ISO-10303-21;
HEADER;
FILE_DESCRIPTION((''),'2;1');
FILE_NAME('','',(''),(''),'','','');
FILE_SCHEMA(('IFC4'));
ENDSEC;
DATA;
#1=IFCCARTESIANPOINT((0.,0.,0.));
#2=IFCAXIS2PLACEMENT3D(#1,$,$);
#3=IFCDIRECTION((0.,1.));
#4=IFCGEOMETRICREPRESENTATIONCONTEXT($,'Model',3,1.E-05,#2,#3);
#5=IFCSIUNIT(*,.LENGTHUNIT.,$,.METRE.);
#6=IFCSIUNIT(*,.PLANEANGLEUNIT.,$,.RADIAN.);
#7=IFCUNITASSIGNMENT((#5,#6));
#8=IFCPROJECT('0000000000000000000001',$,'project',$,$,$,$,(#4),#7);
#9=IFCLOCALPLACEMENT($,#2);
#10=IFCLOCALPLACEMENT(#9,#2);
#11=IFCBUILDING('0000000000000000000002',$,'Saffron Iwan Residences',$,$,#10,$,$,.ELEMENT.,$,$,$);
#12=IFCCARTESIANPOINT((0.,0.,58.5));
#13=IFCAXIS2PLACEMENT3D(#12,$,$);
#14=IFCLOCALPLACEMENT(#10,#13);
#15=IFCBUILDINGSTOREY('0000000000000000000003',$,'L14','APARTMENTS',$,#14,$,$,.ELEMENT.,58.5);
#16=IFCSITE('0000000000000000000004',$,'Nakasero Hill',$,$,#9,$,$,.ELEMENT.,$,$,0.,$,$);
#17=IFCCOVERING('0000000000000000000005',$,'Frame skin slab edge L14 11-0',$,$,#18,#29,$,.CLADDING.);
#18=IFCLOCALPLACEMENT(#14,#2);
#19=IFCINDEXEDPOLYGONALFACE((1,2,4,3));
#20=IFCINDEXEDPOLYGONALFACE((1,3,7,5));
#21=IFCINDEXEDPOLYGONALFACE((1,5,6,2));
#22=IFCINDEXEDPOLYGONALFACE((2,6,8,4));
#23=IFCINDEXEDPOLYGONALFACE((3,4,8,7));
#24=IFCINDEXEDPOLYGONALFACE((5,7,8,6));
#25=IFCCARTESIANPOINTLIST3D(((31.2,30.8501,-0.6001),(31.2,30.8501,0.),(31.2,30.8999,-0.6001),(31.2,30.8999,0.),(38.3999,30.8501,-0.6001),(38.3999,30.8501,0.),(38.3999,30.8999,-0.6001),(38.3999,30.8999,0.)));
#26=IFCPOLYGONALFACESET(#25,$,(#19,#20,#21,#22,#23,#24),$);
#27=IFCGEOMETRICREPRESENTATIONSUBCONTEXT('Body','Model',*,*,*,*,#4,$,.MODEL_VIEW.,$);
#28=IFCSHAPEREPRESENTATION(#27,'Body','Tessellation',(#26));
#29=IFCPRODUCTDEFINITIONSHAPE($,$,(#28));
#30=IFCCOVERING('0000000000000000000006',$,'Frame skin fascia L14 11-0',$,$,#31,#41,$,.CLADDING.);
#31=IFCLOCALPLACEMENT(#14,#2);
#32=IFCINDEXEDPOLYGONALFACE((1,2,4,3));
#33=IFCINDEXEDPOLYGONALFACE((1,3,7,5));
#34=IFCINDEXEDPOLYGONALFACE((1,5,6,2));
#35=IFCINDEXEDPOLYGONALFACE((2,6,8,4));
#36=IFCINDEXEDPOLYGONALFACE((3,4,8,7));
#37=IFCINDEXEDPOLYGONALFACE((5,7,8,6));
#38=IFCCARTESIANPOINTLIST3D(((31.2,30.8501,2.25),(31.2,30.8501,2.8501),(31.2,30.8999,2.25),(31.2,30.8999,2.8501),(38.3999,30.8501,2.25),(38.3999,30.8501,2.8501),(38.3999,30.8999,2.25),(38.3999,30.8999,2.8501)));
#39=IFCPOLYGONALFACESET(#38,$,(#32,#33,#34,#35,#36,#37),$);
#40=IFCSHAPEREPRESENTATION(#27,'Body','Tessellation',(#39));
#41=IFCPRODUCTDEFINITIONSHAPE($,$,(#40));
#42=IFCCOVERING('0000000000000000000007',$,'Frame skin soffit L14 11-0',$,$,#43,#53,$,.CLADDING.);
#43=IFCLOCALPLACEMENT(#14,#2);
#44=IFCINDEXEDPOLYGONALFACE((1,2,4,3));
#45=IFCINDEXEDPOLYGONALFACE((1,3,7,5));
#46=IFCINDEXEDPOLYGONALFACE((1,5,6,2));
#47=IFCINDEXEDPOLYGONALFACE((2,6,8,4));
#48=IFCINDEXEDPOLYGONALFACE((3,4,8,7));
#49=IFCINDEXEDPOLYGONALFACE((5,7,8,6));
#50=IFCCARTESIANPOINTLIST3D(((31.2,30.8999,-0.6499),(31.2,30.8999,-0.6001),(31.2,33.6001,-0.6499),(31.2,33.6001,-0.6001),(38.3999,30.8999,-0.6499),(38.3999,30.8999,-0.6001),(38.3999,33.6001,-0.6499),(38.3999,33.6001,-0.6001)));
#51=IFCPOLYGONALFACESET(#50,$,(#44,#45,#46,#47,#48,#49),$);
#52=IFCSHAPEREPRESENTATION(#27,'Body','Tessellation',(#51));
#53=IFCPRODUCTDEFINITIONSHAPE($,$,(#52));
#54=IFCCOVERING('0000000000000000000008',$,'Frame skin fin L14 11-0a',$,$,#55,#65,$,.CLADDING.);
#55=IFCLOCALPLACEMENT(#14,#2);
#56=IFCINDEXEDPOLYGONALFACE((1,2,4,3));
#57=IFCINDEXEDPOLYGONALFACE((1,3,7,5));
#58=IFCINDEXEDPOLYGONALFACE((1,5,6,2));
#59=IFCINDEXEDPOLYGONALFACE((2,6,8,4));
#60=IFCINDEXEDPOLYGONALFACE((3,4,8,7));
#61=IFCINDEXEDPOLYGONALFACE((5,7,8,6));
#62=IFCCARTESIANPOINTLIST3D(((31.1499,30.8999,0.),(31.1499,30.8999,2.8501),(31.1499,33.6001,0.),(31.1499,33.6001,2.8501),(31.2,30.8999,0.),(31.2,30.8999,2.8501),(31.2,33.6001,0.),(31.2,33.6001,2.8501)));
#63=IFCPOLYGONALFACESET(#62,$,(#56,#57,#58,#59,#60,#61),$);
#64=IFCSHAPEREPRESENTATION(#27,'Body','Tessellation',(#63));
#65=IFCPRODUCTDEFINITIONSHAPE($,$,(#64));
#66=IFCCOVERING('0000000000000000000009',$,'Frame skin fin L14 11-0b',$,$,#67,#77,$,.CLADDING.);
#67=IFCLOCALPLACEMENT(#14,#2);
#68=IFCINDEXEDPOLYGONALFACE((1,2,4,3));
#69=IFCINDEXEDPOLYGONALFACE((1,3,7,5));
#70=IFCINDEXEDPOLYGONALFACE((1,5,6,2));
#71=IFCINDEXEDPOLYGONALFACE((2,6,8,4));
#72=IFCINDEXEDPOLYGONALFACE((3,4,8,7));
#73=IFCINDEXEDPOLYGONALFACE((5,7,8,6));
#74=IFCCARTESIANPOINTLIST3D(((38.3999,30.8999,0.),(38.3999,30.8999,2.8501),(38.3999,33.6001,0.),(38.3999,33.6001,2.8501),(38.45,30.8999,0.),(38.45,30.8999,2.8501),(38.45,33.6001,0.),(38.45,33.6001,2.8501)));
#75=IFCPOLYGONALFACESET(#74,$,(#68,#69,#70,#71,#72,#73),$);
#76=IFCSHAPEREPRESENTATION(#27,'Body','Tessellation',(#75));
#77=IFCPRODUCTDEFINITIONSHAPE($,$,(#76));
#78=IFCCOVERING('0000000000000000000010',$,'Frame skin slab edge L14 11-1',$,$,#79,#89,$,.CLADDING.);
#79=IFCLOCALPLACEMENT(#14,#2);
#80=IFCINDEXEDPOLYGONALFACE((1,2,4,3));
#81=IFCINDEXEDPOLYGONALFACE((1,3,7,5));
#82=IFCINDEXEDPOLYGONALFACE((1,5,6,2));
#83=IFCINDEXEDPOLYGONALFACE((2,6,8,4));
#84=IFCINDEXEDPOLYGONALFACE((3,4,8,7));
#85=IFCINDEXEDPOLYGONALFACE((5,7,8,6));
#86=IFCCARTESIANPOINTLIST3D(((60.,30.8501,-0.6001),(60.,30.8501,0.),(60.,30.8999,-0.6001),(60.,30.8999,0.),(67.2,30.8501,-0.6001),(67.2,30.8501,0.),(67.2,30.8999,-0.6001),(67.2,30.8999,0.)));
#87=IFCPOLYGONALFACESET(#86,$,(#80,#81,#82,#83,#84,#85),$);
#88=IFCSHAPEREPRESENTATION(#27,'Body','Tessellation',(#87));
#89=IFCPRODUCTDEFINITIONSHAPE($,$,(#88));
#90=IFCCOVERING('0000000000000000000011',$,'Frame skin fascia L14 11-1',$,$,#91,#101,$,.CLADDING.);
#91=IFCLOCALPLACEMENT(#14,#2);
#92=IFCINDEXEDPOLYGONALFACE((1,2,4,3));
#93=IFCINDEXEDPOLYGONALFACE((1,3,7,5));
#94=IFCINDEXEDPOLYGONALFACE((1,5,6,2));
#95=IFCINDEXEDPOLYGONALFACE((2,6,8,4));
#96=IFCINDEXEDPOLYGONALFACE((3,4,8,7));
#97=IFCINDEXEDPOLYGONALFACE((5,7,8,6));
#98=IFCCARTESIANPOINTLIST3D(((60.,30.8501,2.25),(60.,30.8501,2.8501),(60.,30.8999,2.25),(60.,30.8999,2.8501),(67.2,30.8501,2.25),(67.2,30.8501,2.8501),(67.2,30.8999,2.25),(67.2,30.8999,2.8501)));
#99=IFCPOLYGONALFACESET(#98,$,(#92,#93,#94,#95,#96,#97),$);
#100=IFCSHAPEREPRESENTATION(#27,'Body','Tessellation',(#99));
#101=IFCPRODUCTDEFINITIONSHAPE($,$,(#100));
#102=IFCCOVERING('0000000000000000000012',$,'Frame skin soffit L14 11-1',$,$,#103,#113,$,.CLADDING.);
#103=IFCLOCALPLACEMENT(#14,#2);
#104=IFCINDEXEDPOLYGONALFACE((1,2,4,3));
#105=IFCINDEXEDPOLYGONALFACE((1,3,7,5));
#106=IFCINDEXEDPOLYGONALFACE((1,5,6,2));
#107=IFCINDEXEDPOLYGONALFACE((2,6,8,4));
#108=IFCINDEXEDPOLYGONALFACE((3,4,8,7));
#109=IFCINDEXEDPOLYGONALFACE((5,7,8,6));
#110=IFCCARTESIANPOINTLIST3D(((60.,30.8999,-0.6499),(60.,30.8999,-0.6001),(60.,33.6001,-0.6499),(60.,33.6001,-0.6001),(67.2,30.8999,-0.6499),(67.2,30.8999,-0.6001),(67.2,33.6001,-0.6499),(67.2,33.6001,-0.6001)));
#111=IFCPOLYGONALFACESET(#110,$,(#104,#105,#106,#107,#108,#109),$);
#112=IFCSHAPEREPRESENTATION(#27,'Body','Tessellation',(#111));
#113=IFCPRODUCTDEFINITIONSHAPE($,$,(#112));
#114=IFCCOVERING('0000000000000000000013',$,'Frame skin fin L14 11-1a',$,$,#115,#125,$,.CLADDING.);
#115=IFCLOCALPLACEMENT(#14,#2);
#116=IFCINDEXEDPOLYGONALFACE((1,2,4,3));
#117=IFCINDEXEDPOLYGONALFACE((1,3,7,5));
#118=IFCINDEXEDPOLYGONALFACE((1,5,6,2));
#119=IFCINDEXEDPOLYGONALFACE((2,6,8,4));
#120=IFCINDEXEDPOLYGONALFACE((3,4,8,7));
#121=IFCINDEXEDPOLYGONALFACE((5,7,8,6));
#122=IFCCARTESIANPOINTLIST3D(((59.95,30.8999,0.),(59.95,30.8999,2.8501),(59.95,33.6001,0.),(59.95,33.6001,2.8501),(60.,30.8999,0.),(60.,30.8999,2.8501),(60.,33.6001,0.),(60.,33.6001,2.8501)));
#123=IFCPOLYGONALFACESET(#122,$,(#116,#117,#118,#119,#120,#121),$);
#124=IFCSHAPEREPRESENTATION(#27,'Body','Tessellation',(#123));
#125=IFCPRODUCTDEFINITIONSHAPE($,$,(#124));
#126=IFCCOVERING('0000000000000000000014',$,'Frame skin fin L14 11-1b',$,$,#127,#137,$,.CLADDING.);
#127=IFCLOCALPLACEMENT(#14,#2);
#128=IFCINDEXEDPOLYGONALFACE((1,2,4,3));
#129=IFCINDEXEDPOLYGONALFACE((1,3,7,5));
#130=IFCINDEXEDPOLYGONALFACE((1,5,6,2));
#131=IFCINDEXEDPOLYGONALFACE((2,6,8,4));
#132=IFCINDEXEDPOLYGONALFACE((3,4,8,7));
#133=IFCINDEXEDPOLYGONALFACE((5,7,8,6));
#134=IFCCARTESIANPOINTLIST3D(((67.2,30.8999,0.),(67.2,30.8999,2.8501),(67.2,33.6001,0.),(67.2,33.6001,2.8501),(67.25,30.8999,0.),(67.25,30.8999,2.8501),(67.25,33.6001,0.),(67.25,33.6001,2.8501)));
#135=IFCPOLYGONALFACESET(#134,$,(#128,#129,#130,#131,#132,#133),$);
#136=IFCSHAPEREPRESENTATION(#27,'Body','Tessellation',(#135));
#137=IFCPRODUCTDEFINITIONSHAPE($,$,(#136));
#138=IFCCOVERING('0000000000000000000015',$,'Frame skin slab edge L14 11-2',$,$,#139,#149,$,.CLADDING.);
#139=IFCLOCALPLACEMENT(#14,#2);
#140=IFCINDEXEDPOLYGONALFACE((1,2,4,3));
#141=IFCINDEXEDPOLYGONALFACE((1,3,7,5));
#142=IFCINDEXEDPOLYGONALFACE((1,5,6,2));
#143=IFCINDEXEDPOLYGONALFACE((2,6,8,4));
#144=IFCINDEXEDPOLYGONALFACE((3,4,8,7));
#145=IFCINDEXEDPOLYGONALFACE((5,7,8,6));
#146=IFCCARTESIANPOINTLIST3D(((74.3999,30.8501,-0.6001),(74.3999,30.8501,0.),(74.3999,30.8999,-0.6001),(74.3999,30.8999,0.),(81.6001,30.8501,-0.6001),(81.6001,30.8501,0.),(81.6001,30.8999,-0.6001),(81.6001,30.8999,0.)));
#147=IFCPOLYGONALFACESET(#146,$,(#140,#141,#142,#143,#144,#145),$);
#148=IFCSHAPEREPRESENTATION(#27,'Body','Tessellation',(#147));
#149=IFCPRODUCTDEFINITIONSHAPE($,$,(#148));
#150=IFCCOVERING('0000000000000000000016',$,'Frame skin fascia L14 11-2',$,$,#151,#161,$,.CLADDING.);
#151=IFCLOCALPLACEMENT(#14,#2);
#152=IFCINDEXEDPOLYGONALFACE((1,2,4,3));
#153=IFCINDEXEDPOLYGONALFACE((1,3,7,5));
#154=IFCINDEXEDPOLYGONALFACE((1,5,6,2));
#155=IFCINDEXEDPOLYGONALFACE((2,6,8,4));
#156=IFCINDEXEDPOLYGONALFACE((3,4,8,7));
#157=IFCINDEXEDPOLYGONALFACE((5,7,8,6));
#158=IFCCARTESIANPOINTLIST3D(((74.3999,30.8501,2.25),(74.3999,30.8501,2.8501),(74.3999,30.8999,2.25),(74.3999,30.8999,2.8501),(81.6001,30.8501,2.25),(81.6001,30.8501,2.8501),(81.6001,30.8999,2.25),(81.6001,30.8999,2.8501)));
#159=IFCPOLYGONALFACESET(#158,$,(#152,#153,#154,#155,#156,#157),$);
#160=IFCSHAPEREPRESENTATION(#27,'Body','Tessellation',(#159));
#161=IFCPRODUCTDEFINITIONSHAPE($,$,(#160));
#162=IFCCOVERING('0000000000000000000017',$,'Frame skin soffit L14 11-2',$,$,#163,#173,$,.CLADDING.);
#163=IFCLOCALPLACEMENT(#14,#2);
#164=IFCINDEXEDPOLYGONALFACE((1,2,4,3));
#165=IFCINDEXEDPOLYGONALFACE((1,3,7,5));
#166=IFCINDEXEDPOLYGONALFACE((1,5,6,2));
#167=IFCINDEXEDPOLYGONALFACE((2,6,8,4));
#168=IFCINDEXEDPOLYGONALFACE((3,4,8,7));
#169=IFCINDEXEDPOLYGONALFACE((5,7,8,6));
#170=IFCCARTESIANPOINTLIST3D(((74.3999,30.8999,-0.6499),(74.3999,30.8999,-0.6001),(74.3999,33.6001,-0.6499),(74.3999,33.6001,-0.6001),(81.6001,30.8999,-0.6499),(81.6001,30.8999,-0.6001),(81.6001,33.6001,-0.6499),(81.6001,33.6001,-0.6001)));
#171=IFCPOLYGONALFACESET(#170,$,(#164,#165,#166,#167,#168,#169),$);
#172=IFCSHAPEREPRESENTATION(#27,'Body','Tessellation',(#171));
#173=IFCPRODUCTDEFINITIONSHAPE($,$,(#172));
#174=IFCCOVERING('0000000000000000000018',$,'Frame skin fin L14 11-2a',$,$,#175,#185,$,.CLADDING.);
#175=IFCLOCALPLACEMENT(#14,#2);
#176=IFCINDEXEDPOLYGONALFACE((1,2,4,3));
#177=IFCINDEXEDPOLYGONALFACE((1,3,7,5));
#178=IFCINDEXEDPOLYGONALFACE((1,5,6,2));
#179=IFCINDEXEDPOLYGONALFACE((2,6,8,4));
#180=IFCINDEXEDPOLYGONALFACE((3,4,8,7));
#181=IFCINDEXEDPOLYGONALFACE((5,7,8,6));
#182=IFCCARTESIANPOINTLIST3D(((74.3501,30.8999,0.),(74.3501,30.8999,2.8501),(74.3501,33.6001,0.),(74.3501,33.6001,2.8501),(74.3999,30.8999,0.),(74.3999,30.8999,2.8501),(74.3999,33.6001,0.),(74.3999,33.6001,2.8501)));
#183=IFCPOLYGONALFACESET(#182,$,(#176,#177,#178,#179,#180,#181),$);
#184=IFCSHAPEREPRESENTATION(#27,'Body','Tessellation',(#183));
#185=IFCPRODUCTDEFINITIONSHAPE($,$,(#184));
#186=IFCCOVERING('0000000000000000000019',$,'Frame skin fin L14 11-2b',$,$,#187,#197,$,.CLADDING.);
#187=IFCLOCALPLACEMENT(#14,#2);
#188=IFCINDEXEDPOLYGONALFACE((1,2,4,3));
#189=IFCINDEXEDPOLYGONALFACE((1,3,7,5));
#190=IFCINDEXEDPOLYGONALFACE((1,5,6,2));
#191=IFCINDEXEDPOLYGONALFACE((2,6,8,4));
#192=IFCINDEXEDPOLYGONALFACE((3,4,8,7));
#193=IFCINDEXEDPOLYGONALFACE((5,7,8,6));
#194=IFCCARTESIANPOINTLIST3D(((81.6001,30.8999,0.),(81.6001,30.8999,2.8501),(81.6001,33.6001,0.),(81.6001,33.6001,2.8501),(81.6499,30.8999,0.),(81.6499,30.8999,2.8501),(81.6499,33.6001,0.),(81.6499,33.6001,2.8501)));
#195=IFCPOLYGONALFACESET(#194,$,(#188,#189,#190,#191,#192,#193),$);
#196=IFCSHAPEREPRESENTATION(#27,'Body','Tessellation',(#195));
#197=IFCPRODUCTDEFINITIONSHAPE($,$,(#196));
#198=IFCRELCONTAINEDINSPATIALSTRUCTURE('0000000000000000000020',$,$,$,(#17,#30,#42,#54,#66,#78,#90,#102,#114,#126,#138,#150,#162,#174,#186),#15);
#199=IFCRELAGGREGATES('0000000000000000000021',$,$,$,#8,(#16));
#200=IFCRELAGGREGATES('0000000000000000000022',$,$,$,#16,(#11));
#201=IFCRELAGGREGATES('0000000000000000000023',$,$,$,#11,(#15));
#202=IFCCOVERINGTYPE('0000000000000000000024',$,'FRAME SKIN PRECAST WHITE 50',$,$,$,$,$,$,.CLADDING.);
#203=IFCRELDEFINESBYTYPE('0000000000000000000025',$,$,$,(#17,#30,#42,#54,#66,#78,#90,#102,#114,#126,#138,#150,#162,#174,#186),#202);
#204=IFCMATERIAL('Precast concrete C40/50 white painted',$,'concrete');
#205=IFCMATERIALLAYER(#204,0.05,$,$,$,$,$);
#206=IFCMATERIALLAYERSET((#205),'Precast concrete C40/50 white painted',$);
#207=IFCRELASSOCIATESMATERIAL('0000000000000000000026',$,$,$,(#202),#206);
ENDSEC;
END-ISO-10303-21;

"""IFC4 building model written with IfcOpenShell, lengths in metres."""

from ifc_helpers import new_model, si_unit, direction, frame, origin, place, context, subcontext, project, spatial, polyline, outline, extrude, material, layer, layer_set, type_object, element, save


model = new_model("IFC4")

# Units and contexts
model_context = context("Model", 3, precision=1e-05, world=origin(), true_north=direction((0.0, 1.0)))
body_context = subcontext(model_context, "Body", "Model", "MODEL_VIEW")
ifc_project = project(units=[si_unit("LENGTHUNIT", "METRE"), si_unit("PLANEANGLEUNIT", "RADIAN")], contexts=[model_context])

# Site, building, storey
site_placement = place(None, origin())
site = spatial("IfcSite", under=ifc_project, at=site_placement, Name="Nakasero Hill", CompositionType="ELEMENT", RefElevation=0.0)
building_placement = place(site_placement, origin())
building = spatial("IfcBuilding", under=site, at=building_placement, Name="Saffron Iwan Residences", CompositionType="ELEMENT")
storey_placement = place(building_placement, frame((0.0, 0.0, 58.5)))
storey = spatial("IfcBuildingStorey", under=building, at=storey_placement, Name="L14", Description="APARTMENTS", CompositionType="ELEMENT", Elevation=58.5)

# Coverings
ifc_material_1 = material(Name="Precast concrete C40/50 white painted", Category="concrete")
ifc_layer_1 = layer(ifc_material_1, 0.05)
ifc_layer_set_1 = layer_set([ifc_layer_1], Name="Precast concrete C40/50 white painted")
covering_type = type_object("IfcCoveringType", Name="FRAME SKIN PRECAST WHITE 50", PredefinedType="CLADDING", material=ifc_layer_set_1)
for number, where, name in (
    (1, (0.0, 0.0, -0.6001), "Frame skin slab edge L14 11-0"),
    (2, (0.0, 0.0, 2.25), "Frame skin fascia L14 11-0"),
):
    element("IfcCovering", number, at=place(storey_placement, frame(where)), inside=storey, type_object=covering_type, Name=name, PredefinedType="CLADDING", context=body_context, shape_type="SweptSolid", body=[
        extrude(outline(polyline([(31.2, 30.8501), (38.3999, 30.8501), (38.3999, 30.8999), (31.2, 30.8999), (31.2, 30.8501)])), origin(), (0.0, 0.0, 1.0), 0.6001),
    ])
covering_1_placement = place(storey_placement, frame((0.0, 0.0, -0.6499)))
element("IfcCovering", 3, at=covering_1_placement, inside=storey, type_object=covering_type, Name="Frame skin soffit L14 11-0", PredefinedType="CLADDING", context=body_context, shape_type="SweptSolid", body=[
    extrude(outline(polyline([(31.2, 30.8999), (38.3999, 30.8999), (38.3999, 33.6001), (31.2, 33.6001), (31.2, 30.8999)])), origin(), (0.0, 0.0, 1.0), 0.0498),
])
covering_2_placement = place(storey_placement, origin())
element("IfcCovering", 4, at=covering_2_placement, inside=storey, type_object=covering_type, Name="Frame skin fin L14 11-0a", PredefinedType="CLADDING", context=body_context, shape_type="SweptSolid", body=[
    extrude(outline(polyline([(31.1499, 30.8999), (31.2, 30.8999), (31.2, 33.6001), (31.1499, 33.6001), (31.1499, 30.8999)])), origin(), (0.0, 0.0, 1.0), 2.8501),
])
covering_3_placement = place(storey_placement, origin())
element("IfcCovering", 5, at=covering_3_placement, inside=storey, type_object=covering_type, Name="Frame skin fin L14 11-0b", PredefinedType="CLADDING", context=body_context, shape_type="SweptSolid", body=[
    extrude(outline(polyline([(38.3999, 30.8999), (38.45, 30.8999), (38.45, 33.6001), (38.3999, 33.6001), (38.3999, 30.8999)])), origin(), (0.0, 0.0, 1.0), 2.8501),
])
for number, where, name in (
    (6, (0.0, 0.0, -0.6001), "Frame skin slab edge L14 11-1"),
    (7, (0.0, 0.0, 2.25), "Frame skin fascia L14 11-1"),
):
    element("IfcCovering", number, at=place(storey_placement, frame(where)), inside=storey, type_object=covering_type, Name=name, PredefinedType="CLADDING", context=body_context, shape_type="SweptSolid", body=[
        extrude(outline(polyline([(60.0, 30.8501), (67.2, 30.8501), (67.2, 30.8999), (60.0, 30.8999), (60.0, 30.8501)])), origin(), (0.0, 0.0, 1.0), 0.6001),
    ])
covering_4_placement = place(storey_placement, frame((0.0, 0.0, -0.6499)))
element("IfcCovering", 8, at=covering_4_placement, inside=storey, type_object=covering_type, Name="Frame skin soffit L14 11-1", PredefinedType="CLADDING", context=body_context, shape_type="SweptSolid", body=[
    extrude(outline(polyline([(60.0, 30.8999), (67.2, 30.8999), (67.2, 33.6001), (60.0, 33.6001), (60.0, 30.8999)])), origin(), (0.0, 0.0, 1.0), 0.0498),
])
covering_5_placement = place(storey_placement, origin())
element("IfcCovering", 9, at=covering_5_placement, inside=storey, type_object=covering_type, Name="Frame skin fin L14 11-1a", PredefinedType="CLADDING", context=body_context, shape_type="SweptSolid", body=[
    extrude(outline(polyline([(59.95, 30.8999), (60.0, 30.8999), (60.0, 33.6001), (59.95, 33.6001), (59.95, 30.8999)])), origin(), (0.0, 0.0, 1.0), 2.8501),
])
covering_6_placement = place(storey_placement, origin())
element("IfcCovering", 10, at=covering_6_placement, inside=storey, type_object=covering_type, Name="Frame skin fin L14 11-1b", PredefinedType="CLADDING", context=body_context, shape_type="SweptSolid", body=[
    extrude(outline(polyline([(67.2, 30.8999), (67.25, 30.8999), (67.25, 33.6001), (67.2, 33.6001), (67.2, 30.8999)])), origin(), (0.0, 0.0, 1.0), 2.8501),
])
for number, where, name in (
    (11, (0.0, 0.0, -0.6001), "Frame skin slab edge L14 11-2"),
    (12, (0.0, 0.0, 2.25), "Frame skin fascia L14 11-2"),
):
    element("IfcCovering", number, at=place(storey_placement, frame(where)), inside=storey, type_object=covering_type, Name=name, PredefinedType="CLADDING", context=body_context, shape_type="SweptSolid", body=[
        extrude(outline(polyline([(74.3999, 30.8501), (81.6001, 30.8501), (81.6001, 30.8999), (74.3999, 30.8999), (74.3999, 30.8501)])), origin(), (0.0, 0.0, 1.0), 0.6001),
    ])
covering_7_placement = place(storey_placement, frame((0.0, 0.0, -0.6499)))
element("IfcCovering", 13, at=covering_7_placement, inside=storey, type_object=covering_type, Name="Frame skin soffit L14 11-2", PredefinedType="CLADDING", context=body_context, shape_type="SweptSolid", body=[
    extrude(outline(polyline([(74.3999, 30.8999), (81.6001, 30.8999), (81.6001, 33.6001), (74.3999, 33.6001), (74.3999, 30.8999)])), origin(), (0.0, 0.0, 1.0), 0.0498),
])
covering_8_placement = place(storey_placement, origin())
element("IfcCovering", 14, at=covering_8_placement, inside=storey, type_object=covering_type, Name="Frame skin fin L14 11-2a", PredefinedType="CLADDING", context=body_context, shape_type="SweptSolid", body=[
    extrude(outline(polyline([(74.3501, 30.8999), (74.3999, 30.8999), (74.3999, 33.6001), (74.3501, 33.6001), (74.3501, 30.8999)])), origin(), (0.0, 0.0, 1.0), 2.8501),
])
covering_9_placement = place(storey_placement, origin())
element("IfcCovering", 15, at=covering_9_placement, inside=storey, type_object=covering_type, Name="Frame skin fin L14 11-2b", PredefinedType="CLADDING", context=body_context, shape_type="SweptSolid", body=[
    extrude(outline(polyline([(81.6001, 30.8999), (81.6499, 30.8999), (81.6499, 33.6001), (81.6001, 33.6001), (81.6001, 30.8999)])), origin(), (0.0, 0.0, 1.0), 2.8501),
])

save(model, "model.ifc")
